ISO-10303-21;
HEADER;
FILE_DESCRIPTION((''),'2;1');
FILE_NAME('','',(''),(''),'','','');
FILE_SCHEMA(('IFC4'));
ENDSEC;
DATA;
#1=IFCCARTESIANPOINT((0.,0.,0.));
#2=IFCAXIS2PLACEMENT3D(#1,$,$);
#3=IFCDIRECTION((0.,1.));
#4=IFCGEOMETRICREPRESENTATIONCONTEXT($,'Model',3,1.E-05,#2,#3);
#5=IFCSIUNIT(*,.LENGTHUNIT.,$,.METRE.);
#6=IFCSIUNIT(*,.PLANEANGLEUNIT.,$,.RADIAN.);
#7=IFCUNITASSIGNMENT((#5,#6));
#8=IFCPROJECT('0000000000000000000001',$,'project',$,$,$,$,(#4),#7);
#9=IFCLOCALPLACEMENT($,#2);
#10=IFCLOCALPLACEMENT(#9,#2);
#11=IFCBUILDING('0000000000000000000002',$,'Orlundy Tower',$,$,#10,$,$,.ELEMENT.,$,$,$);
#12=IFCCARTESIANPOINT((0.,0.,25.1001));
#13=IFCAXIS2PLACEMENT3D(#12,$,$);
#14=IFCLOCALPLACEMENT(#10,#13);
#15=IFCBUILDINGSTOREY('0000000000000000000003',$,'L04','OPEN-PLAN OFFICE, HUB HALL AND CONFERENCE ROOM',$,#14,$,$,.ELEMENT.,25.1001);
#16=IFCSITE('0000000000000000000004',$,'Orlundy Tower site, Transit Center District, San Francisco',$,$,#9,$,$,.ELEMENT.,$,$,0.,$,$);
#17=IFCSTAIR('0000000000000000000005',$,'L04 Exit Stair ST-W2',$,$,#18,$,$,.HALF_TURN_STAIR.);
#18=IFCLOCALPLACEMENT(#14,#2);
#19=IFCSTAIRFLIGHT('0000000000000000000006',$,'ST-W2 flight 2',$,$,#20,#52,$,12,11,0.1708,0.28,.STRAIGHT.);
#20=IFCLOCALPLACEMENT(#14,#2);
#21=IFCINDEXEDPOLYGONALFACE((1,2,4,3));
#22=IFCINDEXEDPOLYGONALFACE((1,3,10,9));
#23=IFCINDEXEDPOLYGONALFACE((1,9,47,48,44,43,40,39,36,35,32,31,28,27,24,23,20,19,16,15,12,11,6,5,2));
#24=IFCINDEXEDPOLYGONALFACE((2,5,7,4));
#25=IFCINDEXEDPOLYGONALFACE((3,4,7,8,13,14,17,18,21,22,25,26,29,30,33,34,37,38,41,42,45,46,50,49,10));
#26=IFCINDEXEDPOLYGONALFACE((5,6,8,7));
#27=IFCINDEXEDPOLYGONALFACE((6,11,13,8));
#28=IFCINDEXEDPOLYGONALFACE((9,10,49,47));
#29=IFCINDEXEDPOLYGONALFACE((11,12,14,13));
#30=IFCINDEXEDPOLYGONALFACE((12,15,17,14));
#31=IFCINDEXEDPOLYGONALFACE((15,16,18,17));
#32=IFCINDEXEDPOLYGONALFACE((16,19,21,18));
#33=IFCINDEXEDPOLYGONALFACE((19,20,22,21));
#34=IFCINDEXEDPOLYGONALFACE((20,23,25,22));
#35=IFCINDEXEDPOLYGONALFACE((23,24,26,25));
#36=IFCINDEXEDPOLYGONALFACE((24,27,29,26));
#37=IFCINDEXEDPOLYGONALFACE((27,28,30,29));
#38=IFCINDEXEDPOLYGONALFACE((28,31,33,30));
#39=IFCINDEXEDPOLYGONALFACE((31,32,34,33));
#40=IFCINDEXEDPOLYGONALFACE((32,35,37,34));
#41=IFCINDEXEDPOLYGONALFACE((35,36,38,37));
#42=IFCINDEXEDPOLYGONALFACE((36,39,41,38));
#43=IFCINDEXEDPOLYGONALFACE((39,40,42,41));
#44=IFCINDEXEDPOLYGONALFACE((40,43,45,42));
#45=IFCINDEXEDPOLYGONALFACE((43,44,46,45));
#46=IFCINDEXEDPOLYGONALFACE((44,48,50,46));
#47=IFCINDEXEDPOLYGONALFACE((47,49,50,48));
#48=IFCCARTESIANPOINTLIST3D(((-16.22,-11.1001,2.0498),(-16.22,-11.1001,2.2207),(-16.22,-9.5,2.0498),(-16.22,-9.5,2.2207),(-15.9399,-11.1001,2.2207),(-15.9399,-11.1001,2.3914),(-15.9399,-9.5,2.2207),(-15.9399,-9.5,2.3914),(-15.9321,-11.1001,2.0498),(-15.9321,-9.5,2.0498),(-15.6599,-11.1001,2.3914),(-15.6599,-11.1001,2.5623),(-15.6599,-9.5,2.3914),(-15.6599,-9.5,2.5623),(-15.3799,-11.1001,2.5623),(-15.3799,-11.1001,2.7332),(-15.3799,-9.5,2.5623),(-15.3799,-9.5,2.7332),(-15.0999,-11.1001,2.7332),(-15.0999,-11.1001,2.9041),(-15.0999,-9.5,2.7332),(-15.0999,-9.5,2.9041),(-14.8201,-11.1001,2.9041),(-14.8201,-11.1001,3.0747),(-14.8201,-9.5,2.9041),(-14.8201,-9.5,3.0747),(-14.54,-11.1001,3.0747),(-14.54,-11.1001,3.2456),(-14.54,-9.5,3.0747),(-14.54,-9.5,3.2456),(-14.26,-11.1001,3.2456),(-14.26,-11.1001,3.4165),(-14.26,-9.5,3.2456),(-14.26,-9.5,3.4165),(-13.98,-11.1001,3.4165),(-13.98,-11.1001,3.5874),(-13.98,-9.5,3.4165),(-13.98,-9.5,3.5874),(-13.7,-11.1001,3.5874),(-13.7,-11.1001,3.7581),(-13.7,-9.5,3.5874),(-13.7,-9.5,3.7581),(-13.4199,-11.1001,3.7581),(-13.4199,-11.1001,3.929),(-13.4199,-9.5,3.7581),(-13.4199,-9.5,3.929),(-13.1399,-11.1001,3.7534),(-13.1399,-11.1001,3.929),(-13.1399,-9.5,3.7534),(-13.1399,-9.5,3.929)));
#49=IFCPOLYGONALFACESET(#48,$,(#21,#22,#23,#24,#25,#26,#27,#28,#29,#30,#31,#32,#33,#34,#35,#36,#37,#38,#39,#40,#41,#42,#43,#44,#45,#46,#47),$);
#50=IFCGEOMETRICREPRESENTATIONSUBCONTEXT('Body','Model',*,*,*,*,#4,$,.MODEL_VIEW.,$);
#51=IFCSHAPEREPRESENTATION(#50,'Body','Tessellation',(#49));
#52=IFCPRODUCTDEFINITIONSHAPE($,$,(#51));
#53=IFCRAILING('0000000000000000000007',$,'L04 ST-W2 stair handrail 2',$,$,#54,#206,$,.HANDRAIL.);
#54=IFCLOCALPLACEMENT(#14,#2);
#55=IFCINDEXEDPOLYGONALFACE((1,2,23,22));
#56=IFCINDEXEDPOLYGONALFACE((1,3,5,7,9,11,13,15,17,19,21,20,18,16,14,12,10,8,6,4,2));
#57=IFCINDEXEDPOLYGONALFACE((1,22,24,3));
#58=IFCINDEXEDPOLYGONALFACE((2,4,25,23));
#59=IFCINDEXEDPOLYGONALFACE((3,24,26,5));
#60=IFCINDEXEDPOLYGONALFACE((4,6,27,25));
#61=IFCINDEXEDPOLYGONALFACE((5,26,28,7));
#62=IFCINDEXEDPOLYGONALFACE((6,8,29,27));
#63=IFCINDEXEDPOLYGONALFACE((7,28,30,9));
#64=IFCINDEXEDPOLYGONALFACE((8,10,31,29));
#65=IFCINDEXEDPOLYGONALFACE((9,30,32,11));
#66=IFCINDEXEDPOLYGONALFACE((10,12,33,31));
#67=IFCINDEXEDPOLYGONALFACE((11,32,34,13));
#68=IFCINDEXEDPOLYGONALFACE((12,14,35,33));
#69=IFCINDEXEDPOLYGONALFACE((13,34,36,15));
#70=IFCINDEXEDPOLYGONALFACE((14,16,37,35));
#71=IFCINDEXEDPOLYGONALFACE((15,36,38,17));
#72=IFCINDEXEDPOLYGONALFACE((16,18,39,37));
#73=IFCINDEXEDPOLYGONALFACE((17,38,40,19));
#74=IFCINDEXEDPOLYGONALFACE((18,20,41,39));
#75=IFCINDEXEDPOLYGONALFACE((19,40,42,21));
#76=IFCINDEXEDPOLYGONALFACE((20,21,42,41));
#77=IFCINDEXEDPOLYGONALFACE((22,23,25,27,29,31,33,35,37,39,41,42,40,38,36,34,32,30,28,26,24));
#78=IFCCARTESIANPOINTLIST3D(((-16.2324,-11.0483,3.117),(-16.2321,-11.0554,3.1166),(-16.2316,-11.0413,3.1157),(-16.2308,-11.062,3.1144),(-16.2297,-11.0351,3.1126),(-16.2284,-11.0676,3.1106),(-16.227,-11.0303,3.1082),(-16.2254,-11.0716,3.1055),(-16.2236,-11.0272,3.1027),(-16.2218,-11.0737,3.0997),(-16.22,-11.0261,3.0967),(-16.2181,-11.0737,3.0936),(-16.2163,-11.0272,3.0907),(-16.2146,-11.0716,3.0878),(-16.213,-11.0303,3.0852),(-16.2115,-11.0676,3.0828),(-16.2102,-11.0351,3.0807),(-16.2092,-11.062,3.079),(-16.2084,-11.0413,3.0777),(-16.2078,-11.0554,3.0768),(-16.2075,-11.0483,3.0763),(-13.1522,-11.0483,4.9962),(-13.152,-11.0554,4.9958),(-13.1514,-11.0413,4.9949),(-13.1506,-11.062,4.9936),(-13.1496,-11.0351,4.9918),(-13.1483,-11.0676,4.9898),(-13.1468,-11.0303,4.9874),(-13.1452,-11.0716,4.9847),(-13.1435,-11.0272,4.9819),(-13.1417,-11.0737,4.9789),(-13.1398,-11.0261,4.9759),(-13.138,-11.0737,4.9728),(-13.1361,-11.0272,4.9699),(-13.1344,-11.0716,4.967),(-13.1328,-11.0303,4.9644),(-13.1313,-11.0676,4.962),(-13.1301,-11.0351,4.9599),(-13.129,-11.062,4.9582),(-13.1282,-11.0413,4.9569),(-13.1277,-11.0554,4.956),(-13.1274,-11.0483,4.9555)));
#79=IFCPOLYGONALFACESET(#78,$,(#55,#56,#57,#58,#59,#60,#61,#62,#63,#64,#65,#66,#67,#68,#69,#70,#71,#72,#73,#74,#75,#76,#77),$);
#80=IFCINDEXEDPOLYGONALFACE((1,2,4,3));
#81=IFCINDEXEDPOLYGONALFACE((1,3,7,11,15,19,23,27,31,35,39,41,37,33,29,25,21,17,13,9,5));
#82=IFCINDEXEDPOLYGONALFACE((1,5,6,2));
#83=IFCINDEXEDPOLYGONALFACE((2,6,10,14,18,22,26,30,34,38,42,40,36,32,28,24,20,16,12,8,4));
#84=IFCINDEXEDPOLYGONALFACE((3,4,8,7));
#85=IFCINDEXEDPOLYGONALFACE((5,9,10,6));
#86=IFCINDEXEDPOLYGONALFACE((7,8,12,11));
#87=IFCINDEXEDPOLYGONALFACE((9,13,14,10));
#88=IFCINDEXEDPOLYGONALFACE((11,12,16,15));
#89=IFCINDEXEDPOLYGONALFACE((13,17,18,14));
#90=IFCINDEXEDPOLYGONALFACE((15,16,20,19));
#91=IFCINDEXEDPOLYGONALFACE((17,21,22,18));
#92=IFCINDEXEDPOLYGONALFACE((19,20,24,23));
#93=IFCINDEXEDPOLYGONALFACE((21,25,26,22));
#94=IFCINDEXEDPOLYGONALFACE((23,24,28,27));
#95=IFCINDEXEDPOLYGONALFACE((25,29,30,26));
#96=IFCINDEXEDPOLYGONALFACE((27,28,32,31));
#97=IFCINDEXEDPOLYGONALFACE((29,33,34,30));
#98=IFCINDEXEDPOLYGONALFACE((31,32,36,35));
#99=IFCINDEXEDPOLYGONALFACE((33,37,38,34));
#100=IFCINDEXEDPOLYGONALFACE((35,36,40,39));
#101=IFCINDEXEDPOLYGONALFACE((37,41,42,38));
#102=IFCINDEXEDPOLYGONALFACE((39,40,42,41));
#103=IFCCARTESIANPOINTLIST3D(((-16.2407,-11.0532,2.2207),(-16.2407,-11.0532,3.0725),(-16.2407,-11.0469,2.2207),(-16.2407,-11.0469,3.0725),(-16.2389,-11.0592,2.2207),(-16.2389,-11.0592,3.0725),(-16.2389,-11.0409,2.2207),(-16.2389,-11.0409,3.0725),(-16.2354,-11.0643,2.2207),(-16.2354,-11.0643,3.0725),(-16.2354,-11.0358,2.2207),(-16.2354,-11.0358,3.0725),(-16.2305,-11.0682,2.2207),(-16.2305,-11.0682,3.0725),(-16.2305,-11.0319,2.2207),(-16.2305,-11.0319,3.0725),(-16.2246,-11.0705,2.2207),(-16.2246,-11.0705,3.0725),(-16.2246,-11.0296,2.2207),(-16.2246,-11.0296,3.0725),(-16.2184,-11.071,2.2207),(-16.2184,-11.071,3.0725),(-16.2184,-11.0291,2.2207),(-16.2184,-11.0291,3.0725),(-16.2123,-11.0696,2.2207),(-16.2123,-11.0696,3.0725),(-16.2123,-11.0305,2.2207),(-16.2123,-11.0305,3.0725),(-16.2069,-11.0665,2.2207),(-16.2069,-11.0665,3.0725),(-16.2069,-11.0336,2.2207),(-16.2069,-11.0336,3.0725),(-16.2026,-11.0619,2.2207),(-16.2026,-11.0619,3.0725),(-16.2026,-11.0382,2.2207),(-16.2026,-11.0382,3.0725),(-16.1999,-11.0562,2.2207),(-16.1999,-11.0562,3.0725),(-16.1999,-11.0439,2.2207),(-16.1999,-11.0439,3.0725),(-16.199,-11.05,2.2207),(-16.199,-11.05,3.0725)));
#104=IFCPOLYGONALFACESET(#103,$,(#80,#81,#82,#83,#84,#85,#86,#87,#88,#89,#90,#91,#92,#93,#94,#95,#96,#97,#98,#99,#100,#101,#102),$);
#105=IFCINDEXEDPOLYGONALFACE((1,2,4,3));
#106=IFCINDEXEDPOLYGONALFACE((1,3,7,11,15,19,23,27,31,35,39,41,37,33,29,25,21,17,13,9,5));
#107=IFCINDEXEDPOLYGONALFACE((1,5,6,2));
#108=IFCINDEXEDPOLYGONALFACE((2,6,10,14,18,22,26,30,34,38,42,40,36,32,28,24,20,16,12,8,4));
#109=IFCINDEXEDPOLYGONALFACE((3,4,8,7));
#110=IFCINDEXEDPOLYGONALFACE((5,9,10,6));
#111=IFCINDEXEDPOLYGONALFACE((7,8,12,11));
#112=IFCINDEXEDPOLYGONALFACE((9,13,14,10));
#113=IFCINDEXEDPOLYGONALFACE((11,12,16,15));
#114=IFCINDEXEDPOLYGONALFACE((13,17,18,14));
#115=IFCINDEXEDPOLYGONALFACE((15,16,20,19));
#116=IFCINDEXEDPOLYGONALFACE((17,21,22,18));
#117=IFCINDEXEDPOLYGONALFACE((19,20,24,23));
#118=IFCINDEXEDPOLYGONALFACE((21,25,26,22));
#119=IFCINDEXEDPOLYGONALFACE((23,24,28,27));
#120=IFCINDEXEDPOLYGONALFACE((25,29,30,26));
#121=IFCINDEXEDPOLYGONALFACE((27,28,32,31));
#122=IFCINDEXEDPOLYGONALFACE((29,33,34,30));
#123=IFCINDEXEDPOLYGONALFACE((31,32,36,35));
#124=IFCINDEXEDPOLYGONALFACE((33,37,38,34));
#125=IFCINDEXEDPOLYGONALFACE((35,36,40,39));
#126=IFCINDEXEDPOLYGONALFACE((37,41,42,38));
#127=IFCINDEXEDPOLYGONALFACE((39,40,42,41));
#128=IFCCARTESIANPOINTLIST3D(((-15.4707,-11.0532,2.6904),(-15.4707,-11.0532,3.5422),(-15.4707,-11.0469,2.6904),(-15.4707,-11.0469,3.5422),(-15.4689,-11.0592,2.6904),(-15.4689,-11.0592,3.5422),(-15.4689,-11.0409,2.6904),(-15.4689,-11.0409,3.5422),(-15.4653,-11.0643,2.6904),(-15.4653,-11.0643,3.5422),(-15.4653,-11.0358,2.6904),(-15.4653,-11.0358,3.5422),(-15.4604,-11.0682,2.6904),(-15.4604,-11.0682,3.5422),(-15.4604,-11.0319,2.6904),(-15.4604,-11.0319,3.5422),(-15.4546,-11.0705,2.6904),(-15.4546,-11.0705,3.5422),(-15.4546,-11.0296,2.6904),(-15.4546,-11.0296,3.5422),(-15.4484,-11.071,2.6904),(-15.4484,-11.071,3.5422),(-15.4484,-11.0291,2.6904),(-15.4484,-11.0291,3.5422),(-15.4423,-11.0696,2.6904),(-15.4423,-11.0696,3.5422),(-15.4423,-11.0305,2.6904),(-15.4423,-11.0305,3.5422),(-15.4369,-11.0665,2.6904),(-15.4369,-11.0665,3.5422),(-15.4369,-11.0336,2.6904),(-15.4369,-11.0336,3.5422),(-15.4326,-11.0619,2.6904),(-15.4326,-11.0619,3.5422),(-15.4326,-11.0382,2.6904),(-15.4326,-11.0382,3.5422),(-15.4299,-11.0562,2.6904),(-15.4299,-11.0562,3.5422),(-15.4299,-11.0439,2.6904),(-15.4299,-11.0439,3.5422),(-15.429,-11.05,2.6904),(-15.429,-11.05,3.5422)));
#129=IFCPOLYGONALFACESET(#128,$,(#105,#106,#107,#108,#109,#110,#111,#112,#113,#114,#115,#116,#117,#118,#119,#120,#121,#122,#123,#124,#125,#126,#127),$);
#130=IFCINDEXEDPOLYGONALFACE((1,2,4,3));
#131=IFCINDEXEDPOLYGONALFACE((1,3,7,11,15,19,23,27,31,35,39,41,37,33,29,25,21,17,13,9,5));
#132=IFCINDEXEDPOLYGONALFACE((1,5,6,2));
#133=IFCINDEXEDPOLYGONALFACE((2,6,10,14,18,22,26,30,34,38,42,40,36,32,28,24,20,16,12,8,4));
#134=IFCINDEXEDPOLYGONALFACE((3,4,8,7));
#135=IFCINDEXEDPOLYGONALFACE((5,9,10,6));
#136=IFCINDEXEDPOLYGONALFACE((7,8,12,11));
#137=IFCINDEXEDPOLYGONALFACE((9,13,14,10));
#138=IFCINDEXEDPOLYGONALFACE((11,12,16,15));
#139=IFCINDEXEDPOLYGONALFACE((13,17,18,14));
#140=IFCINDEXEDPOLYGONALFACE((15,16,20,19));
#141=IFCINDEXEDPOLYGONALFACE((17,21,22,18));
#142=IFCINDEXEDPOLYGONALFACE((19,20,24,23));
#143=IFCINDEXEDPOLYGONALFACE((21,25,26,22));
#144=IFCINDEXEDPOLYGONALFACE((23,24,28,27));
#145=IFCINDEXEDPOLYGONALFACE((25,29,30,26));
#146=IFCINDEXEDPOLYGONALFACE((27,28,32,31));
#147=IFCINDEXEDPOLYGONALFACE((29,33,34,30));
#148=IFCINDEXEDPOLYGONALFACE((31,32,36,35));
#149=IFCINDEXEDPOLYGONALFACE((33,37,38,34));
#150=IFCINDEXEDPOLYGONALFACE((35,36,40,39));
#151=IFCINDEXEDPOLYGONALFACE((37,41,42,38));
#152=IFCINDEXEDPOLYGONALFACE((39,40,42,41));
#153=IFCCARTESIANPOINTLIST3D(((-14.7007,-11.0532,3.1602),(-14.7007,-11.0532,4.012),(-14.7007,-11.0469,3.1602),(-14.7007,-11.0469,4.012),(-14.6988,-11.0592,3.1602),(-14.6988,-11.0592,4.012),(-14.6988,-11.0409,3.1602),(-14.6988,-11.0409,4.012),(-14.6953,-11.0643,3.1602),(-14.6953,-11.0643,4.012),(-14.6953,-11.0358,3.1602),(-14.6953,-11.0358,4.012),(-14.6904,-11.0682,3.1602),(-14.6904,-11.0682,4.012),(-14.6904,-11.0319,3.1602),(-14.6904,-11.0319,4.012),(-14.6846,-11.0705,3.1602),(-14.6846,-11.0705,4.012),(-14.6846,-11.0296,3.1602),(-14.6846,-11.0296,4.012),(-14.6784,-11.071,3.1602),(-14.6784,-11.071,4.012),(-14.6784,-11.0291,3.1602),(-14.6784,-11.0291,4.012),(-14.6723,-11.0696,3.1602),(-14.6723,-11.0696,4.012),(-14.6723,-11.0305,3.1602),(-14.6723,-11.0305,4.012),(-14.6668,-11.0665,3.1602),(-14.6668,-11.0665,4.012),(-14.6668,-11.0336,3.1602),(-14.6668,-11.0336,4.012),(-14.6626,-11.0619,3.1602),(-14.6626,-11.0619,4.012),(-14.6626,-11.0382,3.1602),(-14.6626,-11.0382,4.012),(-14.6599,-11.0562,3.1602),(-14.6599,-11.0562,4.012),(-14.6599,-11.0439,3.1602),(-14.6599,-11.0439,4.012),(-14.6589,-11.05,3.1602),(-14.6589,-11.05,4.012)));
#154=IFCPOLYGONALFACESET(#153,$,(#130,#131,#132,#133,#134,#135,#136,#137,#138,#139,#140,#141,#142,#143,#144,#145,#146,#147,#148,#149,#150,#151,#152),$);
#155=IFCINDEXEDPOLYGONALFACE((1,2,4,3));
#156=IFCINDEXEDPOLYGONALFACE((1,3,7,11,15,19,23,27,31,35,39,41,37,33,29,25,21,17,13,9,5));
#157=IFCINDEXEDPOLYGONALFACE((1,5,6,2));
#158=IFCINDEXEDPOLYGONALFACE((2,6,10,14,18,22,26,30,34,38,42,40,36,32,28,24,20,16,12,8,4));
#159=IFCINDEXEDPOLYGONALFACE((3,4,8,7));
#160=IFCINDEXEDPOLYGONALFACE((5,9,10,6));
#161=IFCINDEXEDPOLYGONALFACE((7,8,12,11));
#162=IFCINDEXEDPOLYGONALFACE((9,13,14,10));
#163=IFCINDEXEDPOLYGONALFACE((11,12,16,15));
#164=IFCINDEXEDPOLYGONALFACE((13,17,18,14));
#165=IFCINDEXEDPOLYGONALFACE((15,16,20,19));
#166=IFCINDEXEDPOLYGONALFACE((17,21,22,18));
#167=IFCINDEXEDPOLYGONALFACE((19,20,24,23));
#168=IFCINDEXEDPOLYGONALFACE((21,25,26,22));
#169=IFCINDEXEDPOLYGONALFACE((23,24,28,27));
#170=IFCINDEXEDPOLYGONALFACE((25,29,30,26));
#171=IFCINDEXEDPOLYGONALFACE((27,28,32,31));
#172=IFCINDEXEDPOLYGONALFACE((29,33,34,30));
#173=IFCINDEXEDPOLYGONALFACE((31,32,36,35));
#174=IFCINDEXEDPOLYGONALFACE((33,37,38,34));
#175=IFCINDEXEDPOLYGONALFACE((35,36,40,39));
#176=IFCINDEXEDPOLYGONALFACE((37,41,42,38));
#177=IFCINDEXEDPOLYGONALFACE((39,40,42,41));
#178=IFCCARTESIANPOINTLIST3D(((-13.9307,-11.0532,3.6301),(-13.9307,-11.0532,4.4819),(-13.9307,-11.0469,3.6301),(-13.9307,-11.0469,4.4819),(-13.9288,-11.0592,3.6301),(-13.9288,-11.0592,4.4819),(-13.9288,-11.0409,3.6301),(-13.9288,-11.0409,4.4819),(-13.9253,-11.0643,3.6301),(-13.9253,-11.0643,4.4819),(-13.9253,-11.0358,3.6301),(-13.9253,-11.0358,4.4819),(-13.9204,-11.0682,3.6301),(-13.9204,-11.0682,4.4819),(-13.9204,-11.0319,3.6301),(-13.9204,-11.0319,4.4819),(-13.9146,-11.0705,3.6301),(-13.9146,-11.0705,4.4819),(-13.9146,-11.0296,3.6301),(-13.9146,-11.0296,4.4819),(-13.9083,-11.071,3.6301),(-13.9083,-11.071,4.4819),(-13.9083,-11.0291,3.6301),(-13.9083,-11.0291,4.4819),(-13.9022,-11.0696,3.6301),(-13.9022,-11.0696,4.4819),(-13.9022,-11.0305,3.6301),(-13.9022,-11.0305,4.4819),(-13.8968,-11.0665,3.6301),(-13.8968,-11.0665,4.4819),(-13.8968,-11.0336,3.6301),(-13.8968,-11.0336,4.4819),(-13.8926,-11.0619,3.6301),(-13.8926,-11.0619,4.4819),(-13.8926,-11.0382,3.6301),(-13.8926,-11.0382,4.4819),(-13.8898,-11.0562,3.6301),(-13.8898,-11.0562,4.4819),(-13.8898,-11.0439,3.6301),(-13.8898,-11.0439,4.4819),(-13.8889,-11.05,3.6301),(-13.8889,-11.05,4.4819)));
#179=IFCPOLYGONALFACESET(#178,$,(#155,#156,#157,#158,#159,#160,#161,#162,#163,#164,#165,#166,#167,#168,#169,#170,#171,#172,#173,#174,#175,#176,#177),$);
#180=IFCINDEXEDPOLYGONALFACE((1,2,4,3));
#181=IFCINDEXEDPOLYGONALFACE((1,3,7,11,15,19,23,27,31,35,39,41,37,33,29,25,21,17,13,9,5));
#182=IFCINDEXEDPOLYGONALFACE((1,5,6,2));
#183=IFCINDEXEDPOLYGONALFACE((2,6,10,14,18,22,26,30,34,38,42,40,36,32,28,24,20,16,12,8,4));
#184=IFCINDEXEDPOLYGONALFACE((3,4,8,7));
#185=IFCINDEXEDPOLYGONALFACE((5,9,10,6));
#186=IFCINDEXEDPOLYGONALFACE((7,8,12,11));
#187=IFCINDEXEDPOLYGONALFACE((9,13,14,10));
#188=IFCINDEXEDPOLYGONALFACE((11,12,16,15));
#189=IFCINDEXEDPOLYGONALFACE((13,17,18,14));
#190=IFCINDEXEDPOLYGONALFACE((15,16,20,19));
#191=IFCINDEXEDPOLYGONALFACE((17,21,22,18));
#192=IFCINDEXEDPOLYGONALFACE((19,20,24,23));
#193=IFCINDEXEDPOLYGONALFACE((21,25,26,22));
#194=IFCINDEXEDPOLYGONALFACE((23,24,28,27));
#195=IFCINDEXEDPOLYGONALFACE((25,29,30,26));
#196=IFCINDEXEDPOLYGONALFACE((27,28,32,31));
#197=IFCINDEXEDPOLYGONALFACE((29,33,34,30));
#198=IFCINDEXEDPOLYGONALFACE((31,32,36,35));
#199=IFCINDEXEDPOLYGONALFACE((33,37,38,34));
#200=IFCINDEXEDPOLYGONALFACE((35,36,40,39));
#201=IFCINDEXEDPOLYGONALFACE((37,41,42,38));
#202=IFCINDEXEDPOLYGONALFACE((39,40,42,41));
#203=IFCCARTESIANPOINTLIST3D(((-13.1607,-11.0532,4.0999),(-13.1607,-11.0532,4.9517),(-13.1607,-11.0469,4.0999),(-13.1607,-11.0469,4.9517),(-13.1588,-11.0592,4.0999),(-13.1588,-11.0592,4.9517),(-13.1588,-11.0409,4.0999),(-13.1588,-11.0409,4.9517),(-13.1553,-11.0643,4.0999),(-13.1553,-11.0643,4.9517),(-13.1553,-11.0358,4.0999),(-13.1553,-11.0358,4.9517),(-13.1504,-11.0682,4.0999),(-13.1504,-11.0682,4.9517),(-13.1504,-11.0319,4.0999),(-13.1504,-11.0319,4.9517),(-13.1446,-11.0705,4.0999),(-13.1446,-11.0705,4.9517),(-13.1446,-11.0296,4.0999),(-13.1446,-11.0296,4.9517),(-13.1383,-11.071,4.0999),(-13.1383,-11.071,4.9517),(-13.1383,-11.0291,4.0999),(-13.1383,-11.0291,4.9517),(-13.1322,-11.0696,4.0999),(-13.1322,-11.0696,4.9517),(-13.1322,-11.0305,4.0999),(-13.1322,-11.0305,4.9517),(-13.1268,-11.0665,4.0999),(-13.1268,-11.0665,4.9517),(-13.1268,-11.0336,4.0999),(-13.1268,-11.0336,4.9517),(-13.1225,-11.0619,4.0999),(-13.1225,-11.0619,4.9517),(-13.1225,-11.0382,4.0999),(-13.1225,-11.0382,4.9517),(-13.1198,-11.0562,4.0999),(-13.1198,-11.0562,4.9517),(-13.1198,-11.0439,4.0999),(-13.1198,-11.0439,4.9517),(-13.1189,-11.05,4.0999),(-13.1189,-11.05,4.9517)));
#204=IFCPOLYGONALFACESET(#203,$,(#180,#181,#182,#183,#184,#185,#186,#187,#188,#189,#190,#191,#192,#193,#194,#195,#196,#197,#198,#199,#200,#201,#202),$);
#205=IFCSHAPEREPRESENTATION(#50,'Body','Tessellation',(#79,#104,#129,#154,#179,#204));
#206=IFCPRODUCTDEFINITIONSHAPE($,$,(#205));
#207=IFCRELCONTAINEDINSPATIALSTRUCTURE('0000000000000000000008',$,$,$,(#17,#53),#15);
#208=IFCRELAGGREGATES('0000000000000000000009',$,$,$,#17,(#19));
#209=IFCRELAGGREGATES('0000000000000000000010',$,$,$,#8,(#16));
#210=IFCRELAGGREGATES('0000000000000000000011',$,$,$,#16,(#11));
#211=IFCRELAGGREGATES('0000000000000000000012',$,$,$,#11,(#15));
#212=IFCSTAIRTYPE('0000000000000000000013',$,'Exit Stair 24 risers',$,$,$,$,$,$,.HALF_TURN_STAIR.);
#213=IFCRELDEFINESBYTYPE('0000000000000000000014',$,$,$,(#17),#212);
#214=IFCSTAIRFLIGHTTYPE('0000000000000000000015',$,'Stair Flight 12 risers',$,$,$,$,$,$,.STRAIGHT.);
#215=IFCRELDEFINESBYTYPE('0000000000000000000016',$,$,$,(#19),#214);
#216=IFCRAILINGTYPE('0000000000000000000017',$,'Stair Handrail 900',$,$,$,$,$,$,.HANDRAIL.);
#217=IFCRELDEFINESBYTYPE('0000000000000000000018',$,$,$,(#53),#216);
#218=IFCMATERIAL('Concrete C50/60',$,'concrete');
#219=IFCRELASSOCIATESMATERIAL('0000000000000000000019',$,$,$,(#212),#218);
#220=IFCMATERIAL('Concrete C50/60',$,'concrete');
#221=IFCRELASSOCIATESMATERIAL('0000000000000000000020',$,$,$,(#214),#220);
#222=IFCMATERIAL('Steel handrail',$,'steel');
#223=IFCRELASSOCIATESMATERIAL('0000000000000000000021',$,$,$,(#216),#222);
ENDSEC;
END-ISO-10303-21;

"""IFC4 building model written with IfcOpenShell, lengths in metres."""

from ifc_helpers import new_model, si_unit, direction, frame, origin, origin_2d, place, context, subcontext, project, spatial, polyline, circle, outline, extrude, material, type_object, element, aggregate, save


model = new_model("IFC4")

# Units and contexts
model_context = context("Model", 3, precision=1e-05, world=origin(), true_north=direction((0.0, 1.0)))
body_context = subcontext(model_context, "Body", "Model", "MODEL_VIEW")
ifc_project = project(units=[si_unit("LENGTHUNIT", "METRE"), si_unit("PLANEANGLEUNIT", "RADIAN")], contexts=[model_context])

# Site, building, storey
site_placement = place(None, origin())
site = spatial("IfcSite", under=ifc_project, at=site_placement, Name="Orlundy Tower site, Transit Center District, San Francisco", CompositionType="ELEMENT", RefElevation=0.0)
building_placement = place(site_placement, origin())
building = spatial("IfcBuilding", under=site, at=building_placement, Name="Orlundy Tower", CompositionType="ELEMENT")
storey_placement = place(building_placement, frame((0.0, 0.0, 25.1001)))
storey = spatial("IfcBuildingStorey", under=building, at=storey_placement, Name="L04", Description="OPEN-PLAN OFFICE, HUB HALL AND CONFERENCE ROOM", CompositionType="ELEMENT", Elevation=25.1001)

# Stair, stair flight
ifc_material_1 = material(Name="Concrete C50/60", Category="concrete")
stair_type = type_object("IfcStairType", Name="Exit Stair 24 risers", PredefinedType="HALF_TURN_STAIR", material=ifc_material_1)
stair_placement = place(storey_placement, origin())
stair = element("IfcStair", 1, at=stair_placement, inside=storey, type_object=stair_type, Name="L04 Exit Stair ST-W2", PredefinedType="HALF_TURN_STAIR")
ifc_material_2 = material(Name="Concrete C50/60", Category="concrete")
stair_flight_type = type_object("IfcStairFlightType", Name="Stair Flight 12 risers", PredefinedType="STRAIGHT", material=ifc_material_2)
stair_flight_1_placement = place(storey_placement, frame((-16.22, -10.3, 2.0498), z_axis=(0.0, 0.0, 1.0), x_axis=(1.0, 0.0, 0.0)))
stair_flight_1 = element("IfcStairFlight", 2, at=stair_flight_1_placement, type_object=stair_flight_type, Name="ST-W2 flight 2", NumberOfRisers=12, NumberOfTreads=11, PredefinedType="STRAIGHT", RiserHeight=0.1708, TreadLength=0.28, context=body_context, shape_type="SweptSolid", body=[
    extrude(outline(polyline([(0.0, 0.0), (0.0, 0.1709), (0.28, 0.1709), (0.28, 0.3416), (0.5601, 0.3416), (0.5601, 0.5125), (0.8401, 0.5125), (0.8401, 0.6833), (1.1201, 0.6833), (1.1201, 0.8542), (1.3999, 0.8542), (1.3999, 1.0249), (1.6799, 1.0249), (1.6799, 1.1958), (1.96, 1.1958), (1.96, 1.3667), (2.24, 1.3667), (2.24, 1.5376), (2.52, 1.5376), (2.52, 1.7083), (2.8, 1.7083), (2.8, 1.8792), (3.0801, 1.8792), (3.0801, 2.05), (3.0801, 1.7036), (0.2878, 0.0), (0.0, 0.0)])), frame((0.0, 0.8, 0.0), z_axis=(0.0, -1.0, 0.0), x_axis=(1.0, 0.0, 0.0)), (0.0, 0.0, 1.0), 1.6001),
])
aggregate(stair, [stair_flight_1])

# Railing
ifc_material_3 = material(Name="Steel handrail", Category="steel")
railing_type = type_object("IfcRailingType", Name="Stair Handrail 900", PredefinedType="HANDRAIL", material=ifc_material_3)
railing_placement = place(storey_placement, frame((-16.22, -11.05, 2.2207)))
element("IfcRailing", 3, at=railing_placement, inside=storey, type_object=railing_type, Name="L04 ST-W2 stair handrail 2", PredefinedType="HANDRAIL", context=body_context, shape_type="SweptSolid", body=[
    extrude(circle(Radius=0.0239, at=origin_2d()), frame((0.0, 0.0, 0.876), z_axis=(0.853666, 0.0, 0.52082), x_axis=(0.0, 1.0, 0.0)), (0.0, 0.0, 1.0), 3.6082),
    extrude(circle(Radius=0.021, at=origin_2d()), origin(), (0.0, 0.0, 1.0), 0.8518),
    extrude(circle(Radius=0.021, at=origin_2d()), frame((0.77, 0.0, 0.4697)), (0.0, 0.0, 1.0), 0.8518),
    extrude(circle(Radius=0.021, at=origin_2d()), frame((1.54, 0.0, 0.9395)), (0.0, 0.0, 1.0), 0.8518),
    extrude(circle(Radius=0.021, at=origin_2d()), frame((2.3101, 0.0, 1.4094)), (0.0, 0.0, 1.0), 0.8518),
    extrude(circle(Radius=0.021, at=origin_2d()), frame((3.0801, 0.0, 1.8792)), (0.0, 0.0, 1.0), 0.8518),
])

save(model, "model.ifc")
